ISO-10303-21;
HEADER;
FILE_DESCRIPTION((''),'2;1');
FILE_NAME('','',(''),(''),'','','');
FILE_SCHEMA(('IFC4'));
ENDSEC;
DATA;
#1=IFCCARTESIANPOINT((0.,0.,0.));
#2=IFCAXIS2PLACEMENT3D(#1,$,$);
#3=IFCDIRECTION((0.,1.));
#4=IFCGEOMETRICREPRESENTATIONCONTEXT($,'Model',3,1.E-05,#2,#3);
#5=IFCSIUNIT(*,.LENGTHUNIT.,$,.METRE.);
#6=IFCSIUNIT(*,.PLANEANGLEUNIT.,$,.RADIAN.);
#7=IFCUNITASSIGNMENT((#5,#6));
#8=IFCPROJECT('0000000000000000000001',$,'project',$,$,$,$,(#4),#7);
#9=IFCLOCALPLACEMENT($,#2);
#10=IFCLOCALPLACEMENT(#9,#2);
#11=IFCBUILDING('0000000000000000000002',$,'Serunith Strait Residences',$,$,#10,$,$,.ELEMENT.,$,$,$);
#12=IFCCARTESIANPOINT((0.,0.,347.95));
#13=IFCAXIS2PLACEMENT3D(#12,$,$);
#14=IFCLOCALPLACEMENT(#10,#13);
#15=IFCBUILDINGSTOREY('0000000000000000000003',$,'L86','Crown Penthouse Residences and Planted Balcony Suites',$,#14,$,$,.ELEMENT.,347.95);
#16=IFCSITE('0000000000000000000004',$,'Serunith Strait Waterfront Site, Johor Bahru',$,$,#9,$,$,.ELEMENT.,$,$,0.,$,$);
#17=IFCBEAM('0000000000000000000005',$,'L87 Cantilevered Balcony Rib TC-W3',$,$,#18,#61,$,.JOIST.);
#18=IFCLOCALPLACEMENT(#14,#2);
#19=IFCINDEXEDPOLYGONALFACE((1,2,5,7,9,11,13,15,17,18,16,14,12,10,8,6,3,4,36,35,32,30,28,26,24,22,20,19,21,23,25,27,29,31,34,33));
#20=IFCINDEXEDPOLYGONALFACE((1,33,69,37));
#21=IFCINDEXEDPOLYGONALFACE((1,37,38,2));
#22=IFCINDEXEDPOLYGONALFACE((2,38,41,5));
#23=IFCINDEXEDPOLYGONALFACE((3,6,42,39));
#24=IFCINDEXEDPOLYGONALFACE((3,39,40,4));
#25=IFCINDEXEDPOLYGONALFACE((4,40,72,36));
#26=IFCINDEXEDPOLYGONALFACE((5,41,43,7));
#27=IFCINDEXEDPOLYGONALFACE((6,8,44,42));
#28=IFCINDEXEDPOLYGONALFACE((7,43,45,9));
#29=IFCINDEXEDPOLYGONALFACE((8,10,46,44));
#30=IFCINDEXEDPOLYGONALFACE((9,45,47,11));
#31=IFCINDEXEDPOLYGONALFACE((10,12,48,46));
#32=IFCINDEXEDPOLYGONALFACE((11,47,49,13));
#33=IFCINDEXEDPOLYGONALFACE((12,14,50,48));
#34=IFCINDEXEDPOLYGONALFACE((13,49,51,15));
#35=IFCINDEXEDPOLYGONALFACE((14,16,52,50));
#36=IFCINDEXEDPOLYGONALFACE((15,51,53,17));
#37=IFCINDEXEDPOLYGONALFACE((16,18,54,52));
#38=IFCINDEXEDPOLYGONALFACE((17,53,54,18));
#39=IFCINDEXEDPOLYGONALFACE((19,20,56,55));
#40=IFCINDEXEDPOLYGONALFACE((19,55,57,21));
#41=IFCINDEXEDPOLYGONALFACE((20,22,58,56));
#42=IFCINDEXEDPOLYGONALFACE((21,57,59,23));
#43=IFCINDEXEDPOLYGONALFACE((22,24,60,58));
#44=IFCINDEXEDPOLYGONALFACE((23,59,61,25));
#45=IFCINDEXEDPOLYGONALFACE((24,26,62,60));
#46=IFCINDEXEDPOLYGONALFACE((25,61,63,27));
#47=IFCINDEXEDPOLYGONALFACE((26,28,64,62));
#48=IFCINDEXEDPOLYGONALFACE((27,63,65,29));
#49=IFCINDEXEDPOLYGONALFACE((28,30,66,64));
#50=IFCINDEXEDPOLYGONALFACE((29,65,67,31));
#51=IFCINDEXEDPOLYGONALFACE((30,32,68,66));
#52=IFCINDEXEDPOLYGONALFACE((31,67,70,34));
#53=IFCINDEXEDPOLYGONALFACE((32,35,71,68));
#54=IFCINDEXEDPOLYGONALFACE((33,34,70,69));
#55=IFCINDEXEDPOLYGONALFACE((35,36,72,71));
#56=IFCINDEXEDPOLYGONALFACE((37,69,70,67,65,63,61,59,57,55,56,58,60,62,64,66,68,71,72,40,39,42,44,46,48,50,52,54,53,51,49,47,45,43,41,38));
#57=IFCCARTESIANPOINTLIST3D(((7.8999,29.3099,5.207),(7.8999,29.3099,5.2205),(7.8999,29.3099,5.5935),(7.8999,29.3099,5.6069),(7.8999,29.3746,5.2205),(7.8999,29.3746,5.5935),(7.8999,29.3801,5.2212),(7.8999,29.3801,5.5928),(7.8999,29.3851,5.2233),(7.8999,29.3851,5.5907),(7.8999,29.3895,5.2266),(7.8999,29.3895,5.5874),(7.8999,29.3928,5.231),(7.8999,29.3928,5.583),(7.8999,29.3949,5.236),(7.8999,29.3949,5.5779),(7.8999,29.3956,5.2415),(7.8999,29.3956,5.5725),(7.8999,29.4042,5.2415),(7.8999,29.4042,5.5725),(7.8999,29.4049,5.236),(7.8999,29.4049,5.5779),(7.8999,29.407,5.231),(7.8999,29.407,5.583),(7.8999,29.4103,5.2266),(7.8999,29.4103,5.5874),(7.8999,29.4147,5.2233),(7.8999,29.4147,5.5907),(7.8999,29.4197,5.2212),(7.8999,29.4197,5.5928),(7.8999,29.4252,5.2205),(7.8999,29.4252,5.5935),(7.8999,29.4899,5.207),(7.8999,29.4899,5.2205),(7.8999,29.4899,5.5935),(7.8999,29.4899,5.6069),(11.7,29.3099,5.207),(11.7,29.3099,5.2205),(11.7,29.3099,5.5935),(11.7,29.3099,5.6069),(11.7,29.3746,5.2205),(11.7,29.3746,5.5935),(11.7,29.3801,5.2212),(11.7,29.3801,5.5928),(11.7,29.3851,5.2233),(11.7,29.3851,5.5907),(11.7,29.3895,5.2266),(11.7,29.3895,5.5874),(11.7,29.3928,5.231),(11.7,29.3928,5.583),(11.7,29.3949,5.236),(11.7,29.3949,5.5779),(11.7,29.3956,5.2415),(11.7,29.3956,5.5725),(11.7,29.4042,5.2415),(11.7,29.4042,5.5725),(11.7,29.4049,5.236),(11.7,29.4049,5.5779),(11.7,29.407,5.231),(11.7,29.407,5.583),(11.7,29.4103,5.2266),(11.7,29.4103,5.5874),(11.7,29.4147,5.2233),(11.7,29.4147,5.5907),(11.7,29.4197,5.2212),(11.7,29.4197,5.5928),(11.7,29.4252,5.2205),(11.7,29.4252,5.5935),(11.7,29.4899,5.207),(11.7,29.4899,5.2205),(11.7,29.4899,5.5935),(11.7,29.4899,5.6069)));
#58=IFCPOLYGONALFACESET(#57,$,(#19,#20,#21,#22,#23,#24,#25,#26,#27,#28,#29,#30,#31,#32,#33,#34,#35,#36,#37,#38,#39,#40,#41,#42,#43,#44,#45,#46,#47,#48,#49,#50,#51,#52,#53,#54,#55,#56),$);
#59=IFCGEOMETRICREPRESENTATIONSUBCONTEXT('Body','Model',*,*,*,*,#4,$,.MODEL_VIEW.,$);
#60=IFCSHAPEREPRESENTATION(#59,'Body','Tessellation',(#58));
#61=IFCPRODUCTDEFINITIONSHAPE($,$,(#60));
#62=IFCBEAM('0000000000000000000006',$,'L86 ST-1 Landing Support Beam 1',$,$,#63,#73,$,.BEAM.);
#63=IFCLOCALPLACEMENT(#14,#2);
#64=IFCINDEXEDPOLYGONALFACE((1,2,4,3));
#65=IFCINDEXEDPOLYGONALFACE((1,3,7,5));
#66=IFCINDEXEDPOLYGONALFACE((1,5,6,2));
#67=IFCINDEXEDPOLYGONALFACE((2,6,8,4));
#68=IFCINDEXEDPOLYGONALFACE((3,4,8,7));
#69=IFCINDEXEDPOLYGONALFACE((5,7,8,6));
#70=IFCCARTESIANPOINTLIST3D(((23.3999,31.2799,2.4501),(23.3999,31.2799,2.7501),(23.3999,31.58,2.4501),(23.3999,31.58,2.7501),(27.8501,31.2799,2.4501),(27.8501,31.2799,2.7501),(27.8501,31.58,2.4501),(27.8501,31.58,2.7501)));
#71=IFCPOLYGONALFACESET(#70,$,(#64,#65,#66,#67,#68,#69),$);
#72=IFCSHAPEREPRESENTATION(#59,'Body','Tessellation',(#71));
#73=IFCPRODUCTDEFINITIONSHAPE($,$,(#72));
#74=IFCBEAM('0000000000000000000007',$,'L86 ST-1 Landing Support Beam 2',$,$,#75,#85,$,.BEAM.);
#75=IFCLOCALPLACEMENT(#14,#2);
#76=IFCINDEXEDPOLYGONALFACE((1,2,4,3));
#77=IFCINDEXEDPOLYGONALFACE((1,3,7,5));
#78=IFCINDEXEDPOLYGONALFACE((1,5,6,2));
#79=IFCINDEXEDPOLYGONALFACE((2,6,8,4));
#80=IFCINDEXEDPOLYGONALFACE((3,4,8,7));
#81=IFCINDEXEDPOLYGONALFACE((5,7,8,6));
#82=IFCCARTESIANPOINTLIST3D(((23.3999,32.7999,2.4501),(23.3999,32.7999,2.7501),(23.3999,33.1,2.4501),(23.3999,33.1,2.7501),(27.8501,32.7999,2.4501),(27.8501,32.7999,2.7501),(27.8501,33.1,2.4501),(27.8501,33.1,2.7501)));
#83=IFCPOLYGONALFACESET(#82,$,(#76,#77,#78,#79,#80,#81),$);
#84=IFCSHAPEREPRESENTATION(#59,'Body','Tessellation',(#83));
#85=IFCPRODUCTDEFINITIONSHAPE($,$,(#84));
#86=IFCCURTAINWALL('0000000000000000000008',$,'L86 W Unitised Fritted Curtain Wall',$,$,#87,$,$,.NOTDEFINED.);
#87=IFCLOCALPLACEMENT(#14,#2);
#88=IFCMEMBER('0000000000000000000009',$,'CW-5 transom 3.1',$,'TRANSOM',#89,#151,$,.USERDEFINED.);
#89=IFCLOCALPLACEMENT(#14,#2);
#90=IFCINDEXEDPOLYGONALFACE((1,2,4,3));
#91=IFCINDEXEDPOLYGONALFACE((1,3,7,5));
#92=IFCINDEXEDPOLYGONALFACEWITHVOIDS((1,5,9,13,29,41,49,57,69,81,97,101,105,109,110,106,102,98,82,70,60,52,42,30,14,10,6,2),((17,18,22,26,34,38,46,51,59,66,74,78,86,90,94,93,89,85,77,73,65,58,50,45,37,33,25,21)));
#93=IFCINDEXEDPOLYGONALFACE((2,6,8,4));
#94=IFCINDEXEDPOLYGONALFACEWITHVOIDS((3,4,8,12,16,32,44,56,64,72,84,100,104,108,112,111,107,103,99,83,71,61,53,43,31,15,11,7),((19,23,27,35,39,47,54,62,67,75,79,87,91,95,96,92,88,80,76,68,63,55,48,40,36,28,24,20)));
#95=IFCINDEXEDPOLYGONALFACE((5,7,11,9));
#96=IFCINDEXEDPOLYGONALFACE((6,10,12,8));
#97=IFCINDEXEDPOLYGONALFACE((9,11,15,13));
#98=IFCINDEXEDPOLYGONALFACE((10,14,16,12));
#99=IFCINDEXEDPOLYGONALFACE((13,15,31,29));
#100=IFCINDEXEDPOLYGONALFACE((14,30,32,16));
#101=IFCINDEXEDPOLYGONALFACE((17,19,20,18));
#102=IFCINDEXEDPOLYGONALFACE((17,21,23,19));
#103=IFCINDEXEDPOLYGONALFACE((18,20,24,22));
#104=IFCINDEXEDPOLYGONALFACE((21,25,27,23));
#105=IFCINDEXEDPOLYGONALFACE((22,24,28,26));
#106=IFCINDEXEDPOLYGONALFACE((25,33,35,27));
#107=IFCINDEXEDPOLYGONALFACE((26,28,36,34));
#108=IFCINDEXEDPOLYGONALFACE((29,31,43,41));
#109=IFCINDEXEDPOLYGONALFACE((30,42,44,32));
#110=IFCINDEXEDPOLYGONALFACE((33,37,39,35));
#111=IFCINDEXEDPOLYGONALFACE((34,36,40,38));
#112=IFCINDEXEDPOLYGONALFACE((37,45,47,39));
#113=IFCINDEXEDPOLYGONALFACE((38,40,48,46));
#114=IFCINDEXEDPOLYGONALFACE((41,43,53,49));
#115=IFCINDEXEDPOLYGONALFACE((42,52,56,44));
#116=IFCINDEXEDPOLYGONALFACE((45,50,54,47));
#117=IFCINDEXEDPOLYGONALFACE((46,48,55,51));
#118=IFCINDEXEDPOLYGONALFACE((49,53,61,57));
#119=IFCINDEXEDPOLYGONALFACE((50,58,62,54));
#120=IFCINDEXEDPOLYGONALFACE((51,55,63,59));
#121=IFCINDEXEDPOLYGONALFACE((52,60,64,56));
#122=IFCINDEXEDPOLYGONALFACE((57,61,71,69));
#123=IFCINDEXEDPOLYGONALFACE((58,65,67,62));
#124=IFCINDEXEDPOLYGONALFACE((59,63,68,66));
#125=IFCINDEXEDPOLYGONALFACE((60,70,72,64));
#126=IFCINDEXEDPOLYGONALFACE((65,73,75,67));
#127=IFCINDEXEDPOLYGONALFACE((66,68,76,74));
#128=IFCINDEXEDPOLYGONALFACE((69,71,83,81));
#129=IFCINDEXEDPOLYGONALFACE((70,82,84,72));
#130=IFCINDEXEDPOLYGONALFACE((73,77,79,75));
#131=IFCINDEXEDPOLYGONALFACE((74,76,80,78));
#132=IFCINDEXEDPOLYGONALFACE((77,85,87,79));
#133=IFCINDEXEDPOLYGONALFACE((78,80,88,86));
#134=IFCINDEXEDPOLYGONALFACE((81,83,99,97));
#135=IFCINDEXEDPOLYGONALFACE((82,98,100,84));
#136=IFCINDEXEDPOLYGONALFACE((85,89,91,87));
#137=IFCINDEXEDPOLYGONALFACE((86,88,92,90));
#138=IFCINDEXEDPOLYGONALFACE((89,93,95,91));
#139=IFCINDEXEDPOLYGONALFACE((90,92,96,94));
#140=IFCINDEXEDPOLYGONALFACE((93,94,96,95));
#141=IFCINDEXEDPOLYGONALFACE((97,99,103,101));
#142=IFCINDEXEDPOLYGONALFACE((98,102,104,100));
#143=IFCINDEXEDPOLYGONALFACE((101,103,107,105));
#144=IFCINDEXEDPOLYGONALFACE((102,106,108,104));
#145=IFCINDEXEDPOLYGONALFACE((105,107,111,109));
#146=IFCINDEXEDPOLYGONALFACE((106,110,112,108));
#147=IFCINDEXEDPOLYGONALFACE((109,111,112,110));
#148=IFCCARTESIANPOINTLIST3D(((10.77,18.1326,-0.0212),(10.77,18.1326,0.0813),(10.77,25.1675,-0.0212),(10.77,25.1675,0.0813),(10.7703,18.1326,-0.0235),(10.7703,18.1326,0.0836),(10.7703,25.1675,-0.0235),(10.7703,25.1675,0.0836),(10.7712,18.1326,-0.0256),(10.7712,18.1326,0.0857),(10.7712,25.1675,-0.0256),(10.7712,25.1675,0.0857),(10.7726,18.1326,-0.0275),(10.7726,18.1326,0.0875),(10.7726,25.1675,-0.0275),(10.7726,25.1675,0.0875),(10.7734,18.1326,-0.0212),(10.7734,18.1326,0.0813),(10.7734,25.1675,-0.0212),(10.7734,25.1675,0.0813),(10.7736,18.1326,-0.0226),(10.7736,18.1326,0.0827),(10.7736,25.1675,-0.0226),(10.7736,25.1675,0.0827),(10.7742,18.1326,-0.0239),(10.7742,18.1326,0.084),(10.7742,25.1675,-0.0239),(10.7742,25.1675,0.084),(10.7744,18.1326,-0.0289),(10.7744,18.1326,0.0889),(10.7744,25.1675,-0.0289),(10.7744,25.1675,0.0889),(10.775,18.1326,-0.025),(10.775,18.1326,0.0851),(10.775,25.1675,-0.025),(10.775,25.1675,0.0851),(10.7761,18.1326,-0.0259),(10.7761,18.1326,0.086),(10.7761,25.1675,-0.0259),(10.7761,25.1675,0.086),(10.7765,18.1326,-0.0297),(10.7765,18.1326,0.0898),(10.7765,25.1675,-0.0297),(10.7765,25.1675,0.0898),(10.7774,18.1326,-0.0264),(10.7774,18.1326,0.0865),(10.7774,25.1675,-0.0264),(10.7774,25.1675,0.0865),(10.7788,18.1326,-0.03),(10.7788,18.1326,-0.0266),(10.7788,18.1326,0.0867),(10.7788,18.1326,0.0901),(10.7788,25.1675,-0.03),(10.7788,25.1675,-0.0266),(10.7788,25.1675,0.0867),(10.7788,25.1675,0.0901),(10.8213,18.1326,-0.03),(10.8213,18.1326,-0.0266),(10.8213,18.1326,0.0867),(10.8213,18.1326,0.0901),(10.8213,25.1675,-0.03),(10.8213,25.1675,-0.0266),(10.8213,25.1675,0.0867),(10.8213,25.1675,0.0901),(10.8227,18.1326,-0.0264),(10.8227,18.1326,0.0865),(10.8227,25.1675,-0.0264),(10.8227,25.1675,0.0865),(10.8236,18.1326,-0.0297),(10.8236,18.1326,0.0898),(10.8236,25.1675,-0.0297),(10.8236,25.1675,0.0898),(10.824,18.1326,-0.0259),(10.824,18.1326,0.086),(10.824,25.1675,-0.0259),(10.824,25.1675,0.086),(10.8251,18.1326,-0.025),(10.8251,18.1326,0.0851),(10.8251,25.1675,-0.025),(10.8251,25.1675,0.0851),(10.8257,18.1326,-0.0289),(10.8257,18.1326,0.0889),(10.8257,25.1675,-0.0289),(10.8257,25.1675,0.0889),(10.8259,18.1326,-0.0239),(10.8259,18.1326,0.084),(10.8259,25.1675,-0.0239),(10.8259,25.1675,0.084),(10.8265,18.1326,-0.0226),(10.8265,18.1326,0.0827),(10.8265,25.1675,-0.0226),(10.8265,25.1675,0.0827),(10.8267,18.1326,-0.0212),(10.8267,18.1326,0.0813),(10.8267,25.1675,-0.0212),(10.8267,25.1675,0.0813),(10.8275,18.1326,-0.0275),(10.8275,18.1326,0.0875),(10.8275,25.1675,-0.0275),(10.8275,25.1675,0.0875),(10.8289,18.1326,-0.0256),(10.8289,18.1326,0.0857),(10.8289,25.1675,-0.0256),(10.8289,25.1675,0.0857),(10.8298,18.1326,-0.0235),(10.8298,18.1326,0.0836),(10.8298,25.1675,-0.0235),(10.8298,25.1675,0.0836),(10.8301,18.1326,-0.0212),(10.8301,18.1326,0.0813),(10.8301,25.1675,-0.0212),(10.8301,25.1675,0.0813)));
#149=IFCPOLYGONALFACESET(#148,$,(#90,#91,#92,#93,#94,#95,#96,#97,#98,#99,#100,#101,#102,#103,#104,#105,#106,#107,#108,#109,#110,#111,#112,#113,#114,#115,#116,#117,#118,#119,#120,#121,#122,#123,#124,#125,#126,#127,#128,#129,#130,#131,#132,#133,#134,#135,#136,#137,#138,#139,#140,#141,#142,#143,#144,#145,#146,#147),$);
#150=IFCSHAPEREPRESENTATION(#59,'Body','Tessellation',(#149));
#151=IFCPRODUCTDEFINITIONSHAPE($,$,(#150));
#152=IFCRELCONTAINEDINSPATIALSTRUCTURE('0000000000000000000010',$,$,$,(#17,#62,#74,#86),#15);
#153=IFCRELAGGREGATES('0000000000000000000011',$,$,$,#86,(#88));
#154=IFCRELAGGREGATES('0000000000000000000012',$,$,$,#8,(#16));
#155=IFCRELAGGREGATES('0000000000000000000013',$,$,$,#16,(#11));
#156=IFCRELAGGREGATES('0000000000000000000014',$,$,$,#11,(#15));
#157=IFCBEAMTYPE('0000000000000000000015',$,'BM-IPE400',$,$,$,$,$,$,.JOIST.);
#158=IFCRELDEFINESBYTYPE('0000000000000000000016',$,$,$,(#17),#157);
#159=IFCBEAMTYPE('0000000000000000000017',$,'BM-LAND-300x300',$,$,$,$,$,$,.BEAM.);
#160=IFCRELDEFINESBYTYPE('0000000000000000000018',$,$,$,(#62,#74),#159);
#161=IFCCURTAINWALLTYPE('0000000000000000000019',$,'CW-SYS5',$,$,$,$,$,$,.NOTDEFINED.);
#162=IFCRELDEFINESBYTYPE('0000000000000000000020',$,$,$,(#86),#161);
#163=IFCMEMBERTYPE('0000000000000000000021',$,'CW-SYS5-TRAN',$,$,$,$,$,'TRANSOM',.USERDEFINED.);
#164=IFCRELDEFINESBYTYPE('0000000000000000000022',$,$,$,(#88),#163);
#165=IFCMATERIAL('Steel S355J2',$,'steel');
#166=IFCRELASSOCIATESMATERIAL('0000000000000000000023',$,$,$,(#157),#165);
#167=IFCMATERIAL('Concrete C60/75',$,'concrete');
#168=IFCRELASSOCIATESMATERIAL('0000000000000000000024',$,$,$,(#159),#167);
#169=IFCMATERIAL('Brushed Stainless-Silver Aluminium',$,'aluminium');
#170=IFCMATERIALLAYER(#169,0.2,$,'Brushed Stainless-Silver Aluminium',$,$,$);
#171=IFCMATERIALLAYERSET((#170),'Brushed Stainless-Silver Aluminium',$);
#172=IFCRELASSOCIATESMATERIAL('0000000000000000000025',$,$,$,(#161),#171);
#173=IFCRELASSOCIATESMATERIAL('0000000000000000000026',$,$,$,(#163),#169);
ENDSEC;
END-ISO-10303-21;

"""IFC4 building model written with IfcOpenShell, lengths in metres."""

from ifc_helpers import new_model, si_unit, direction, frame, origin, origin_2d, place, context, subcontext, project, spatial, rectangle, hollow_rectangle, i_section, extrude, source, transform, mapped, material, layer, layer_set, material_profile, profile_set, type_object, element, aggregate, save


model = new_model("IFC4")

# Units and contexts
model_context = context("Model", 3, precision=1e-05, world=origin(), true_north=direction((0.0, 1.0)))
body_context = subcontext(model_context, "Body", "Model", "MODEL_VIEW")
ifc_project = project(units=[si_unit("LENGTHUNIT", "METRE"), si_unit("PLANEANGLEUNIT", "RADIAN")], contexts=[model_context])

# Site, building, storey
site_placement = place(None, origin())
site = spatial("IfcSite", under=ifc_project, at=site_placement, Name="Serunith Strait Waterfront Site, Johor Bahru", CompositionType="ELEMENT", RefElevation=0.0)
building_placement = place(site_placement, origin())
building = spatial("IfcBuilding", under=site, at=building_placement, Name="Serunith Strait Residences", CompositionType="ELEMENT")
storey_placement = place(building_placement, frame((0.0, 0.0, 347.95)))
storey = spatial("IfcBuildingStorey", under=building, at=storey_placement, Name="L86", Description="Crown Penthouse Residences and Planted Balcony Suites", CompositionType="ELEMENT", Elevation=347.95)

# Shared definitions
ifc_material_1 = material(Name="Concrete C60/75", Category="concrete")

# Beams
ifc_material_2 = material(Name="Steel S355J2", Category="steel")
ifc_material_profile_1 = material_profile(ifc_material_2, i_section(OverallWidth=0.1799, OverallDepth=0.3999, WebThickness=0.0085, FlangeThickness=0.0134, FilletRadius=0.021, at=origin_2d()), Name="IPE 400")
ifc_profile_set_1 = profile_set([ifc_material_profile_1], Name="Steel S355J2")
beam_type_1 = type_object("IfcBeamType", Name="BM-IPE400", PredefinedType="JOIST", material=ifc_profile_set_1)
shared_shape_1 = source(origin(), body_context, "Body", "SweptSolid", [
    extrude(i_section(OverallWidth=0.1799, OverallDepth=0.3999, WebThickness=0.0085, FlangeThickness=0.0134, FilletRadius=0.021, at=origin_2d()), origin(), (0.0, 0.0, 1.0), 3.8),
])
beam_1_placement = place(storey_placement, frame((11.7, 29.3999, 5.407), z_axis=(-1.0, 0.0, 0.0), x_axis=(0.0, -1.0, 0.0)))
element("IfcBeam", 1, at=beam_1_placement, inside=storey, type_object=beam_type_1, Name="L87 Cantilevered Balcony Rib TC-W3", PredefinedType="JOIST", context=body_context, shape_type="MappedRepresentation", body=[
    mapped(shared_shape_1, transform((0.0, 0.0, 0.0), scale=1.0)),
])
ifc_material_profile_2 = material_profile(ifc_material_1, rectangle(XDim=0.3, YDim=0.3, at=origin_2d()), Name="RC 300x300")
ifc_profile_set_2 = profile_set([ifc_material_profile_2], Name="Concrete C60/75")
beam_type_2 = type_object("IfcBeamType", Name="BM-LAND-300x300", PredefinedType="BEAM", material=ifc_profile_set_2)
shared_shape_2 = source(origin(), body_context, "Body", "SweptSolid", [
    extrude(rectangle(XDim=0.3, YDim=0.3, at=origin_2d()), origin(), (0.0, 0.0, 1.0), 4.4502),
])
for number, where, z_axis, x_axis, name in (
    (2, (23.3999, 31.4299, 2.6001), (1.0, 0.0, 0.0), (0.0, 1.0, 0.0), "L86 ST-1 Landing Support Beam 1"),
    (3, (23.3999, 32.95, 2.6001), (1.0, 0.0, 0.0), (0.0, 1.0, 0.0), "L86 ST-1 Landing Support Beam 2"),
):
    element("IfcBeam", number, at=place(storey_placement, frame(where, z_axis=z_axis, x_axis=x_axis)), inside=storey, type_object=beam_type_2, Name=name, PredefinedType="BEAM", context=body_context, shape_type="MappedRepresentation", body=[
        mapped(shared_shape_2, transform((0.0, 0.0, 0.0), scale=1.0)),
    ])

# Curtain wall, member
ifc_material_3 = material(Name="Brushed Stainless-Silver Aluminium", Category="aluminium")
ifc_layer_1 = layer(ifc_material_3, 0.2, Name="Brushed Stainless-Silver Aluminium")
ifc_layer_set_1 = layer_set([ifc_layer_1], Name="Brushed Stainless-Silver Aluminium")
curtain_wall_type = type_object("IfcCurtainWallType", Name="CW-SYS5", PredefinedType="NOTDEFINED", material=ifc_layer_set_1)
curtain_wall_placement = place(storey_placement, origin())
curtain_wall = element("IfcCurtainWall", 4, at=curtain_wall_placement, inside=storey, type_object=curtain_wall_type, Name="L86 W Unitised Fritted Curtain Wall", PredefinedType="NOTDEFINED")
ifc_material_profile_3 = material_profile(ifc_material_3, hollow_rectangle(XDim=0.0601, YDim=0.1201, WallThickness=0.0034, InnerFilletRadius=0.0054, OuterFilletRadius=0.0088, at=origin_2d()), Name="ALU 120x60x3.5")
ifc_profile_set_3 = profile_set([ifc_material_profile_3], Name="Brushed Stainless-Silver Aluminium")
member_type_1 = type_object("IfcMemberType", Name="CW-SYS5-TRAN", ElementType="TRANSOM", PredefinedType="USERDEFINED", material=ifc_profile_set_3)
shared_shape_3 = source(origin(), body_context, "Body", "SweptSolid", [
    extrude(hollow_rectangle(XDim=0.0601, YDim=0.1201, WallThickness=0.0034, InnerFilletRadius=0.0054, OuterFilletRadius=0.0088, at=origin_2d()), origin(), (0.0, 0.0, 1.0), 7.0349),
])
member_1_placement = place(storey_placement, frame((10.8, 25.1675, 0.03), z_axis=(0.0, -1.0, 0.0), x_axis=(1.0, 0.0, 0.0)))
member_1 = element("IfcMember", 5, at=member_1_placement, type_object=member_type_1, Name="CW-5 transom 3.1", ObjectType="TRANSOM", PredefinedType="USERDEFINED", context=body_context, shape_type="MappedRepresentation", body=[
    mapped(shared_shape_3, transform((0.0, 0.0, 0.0), scale=1.0)),
])
aggregate(curtain_wall, [member_1])

save(model, "model.ifc")
